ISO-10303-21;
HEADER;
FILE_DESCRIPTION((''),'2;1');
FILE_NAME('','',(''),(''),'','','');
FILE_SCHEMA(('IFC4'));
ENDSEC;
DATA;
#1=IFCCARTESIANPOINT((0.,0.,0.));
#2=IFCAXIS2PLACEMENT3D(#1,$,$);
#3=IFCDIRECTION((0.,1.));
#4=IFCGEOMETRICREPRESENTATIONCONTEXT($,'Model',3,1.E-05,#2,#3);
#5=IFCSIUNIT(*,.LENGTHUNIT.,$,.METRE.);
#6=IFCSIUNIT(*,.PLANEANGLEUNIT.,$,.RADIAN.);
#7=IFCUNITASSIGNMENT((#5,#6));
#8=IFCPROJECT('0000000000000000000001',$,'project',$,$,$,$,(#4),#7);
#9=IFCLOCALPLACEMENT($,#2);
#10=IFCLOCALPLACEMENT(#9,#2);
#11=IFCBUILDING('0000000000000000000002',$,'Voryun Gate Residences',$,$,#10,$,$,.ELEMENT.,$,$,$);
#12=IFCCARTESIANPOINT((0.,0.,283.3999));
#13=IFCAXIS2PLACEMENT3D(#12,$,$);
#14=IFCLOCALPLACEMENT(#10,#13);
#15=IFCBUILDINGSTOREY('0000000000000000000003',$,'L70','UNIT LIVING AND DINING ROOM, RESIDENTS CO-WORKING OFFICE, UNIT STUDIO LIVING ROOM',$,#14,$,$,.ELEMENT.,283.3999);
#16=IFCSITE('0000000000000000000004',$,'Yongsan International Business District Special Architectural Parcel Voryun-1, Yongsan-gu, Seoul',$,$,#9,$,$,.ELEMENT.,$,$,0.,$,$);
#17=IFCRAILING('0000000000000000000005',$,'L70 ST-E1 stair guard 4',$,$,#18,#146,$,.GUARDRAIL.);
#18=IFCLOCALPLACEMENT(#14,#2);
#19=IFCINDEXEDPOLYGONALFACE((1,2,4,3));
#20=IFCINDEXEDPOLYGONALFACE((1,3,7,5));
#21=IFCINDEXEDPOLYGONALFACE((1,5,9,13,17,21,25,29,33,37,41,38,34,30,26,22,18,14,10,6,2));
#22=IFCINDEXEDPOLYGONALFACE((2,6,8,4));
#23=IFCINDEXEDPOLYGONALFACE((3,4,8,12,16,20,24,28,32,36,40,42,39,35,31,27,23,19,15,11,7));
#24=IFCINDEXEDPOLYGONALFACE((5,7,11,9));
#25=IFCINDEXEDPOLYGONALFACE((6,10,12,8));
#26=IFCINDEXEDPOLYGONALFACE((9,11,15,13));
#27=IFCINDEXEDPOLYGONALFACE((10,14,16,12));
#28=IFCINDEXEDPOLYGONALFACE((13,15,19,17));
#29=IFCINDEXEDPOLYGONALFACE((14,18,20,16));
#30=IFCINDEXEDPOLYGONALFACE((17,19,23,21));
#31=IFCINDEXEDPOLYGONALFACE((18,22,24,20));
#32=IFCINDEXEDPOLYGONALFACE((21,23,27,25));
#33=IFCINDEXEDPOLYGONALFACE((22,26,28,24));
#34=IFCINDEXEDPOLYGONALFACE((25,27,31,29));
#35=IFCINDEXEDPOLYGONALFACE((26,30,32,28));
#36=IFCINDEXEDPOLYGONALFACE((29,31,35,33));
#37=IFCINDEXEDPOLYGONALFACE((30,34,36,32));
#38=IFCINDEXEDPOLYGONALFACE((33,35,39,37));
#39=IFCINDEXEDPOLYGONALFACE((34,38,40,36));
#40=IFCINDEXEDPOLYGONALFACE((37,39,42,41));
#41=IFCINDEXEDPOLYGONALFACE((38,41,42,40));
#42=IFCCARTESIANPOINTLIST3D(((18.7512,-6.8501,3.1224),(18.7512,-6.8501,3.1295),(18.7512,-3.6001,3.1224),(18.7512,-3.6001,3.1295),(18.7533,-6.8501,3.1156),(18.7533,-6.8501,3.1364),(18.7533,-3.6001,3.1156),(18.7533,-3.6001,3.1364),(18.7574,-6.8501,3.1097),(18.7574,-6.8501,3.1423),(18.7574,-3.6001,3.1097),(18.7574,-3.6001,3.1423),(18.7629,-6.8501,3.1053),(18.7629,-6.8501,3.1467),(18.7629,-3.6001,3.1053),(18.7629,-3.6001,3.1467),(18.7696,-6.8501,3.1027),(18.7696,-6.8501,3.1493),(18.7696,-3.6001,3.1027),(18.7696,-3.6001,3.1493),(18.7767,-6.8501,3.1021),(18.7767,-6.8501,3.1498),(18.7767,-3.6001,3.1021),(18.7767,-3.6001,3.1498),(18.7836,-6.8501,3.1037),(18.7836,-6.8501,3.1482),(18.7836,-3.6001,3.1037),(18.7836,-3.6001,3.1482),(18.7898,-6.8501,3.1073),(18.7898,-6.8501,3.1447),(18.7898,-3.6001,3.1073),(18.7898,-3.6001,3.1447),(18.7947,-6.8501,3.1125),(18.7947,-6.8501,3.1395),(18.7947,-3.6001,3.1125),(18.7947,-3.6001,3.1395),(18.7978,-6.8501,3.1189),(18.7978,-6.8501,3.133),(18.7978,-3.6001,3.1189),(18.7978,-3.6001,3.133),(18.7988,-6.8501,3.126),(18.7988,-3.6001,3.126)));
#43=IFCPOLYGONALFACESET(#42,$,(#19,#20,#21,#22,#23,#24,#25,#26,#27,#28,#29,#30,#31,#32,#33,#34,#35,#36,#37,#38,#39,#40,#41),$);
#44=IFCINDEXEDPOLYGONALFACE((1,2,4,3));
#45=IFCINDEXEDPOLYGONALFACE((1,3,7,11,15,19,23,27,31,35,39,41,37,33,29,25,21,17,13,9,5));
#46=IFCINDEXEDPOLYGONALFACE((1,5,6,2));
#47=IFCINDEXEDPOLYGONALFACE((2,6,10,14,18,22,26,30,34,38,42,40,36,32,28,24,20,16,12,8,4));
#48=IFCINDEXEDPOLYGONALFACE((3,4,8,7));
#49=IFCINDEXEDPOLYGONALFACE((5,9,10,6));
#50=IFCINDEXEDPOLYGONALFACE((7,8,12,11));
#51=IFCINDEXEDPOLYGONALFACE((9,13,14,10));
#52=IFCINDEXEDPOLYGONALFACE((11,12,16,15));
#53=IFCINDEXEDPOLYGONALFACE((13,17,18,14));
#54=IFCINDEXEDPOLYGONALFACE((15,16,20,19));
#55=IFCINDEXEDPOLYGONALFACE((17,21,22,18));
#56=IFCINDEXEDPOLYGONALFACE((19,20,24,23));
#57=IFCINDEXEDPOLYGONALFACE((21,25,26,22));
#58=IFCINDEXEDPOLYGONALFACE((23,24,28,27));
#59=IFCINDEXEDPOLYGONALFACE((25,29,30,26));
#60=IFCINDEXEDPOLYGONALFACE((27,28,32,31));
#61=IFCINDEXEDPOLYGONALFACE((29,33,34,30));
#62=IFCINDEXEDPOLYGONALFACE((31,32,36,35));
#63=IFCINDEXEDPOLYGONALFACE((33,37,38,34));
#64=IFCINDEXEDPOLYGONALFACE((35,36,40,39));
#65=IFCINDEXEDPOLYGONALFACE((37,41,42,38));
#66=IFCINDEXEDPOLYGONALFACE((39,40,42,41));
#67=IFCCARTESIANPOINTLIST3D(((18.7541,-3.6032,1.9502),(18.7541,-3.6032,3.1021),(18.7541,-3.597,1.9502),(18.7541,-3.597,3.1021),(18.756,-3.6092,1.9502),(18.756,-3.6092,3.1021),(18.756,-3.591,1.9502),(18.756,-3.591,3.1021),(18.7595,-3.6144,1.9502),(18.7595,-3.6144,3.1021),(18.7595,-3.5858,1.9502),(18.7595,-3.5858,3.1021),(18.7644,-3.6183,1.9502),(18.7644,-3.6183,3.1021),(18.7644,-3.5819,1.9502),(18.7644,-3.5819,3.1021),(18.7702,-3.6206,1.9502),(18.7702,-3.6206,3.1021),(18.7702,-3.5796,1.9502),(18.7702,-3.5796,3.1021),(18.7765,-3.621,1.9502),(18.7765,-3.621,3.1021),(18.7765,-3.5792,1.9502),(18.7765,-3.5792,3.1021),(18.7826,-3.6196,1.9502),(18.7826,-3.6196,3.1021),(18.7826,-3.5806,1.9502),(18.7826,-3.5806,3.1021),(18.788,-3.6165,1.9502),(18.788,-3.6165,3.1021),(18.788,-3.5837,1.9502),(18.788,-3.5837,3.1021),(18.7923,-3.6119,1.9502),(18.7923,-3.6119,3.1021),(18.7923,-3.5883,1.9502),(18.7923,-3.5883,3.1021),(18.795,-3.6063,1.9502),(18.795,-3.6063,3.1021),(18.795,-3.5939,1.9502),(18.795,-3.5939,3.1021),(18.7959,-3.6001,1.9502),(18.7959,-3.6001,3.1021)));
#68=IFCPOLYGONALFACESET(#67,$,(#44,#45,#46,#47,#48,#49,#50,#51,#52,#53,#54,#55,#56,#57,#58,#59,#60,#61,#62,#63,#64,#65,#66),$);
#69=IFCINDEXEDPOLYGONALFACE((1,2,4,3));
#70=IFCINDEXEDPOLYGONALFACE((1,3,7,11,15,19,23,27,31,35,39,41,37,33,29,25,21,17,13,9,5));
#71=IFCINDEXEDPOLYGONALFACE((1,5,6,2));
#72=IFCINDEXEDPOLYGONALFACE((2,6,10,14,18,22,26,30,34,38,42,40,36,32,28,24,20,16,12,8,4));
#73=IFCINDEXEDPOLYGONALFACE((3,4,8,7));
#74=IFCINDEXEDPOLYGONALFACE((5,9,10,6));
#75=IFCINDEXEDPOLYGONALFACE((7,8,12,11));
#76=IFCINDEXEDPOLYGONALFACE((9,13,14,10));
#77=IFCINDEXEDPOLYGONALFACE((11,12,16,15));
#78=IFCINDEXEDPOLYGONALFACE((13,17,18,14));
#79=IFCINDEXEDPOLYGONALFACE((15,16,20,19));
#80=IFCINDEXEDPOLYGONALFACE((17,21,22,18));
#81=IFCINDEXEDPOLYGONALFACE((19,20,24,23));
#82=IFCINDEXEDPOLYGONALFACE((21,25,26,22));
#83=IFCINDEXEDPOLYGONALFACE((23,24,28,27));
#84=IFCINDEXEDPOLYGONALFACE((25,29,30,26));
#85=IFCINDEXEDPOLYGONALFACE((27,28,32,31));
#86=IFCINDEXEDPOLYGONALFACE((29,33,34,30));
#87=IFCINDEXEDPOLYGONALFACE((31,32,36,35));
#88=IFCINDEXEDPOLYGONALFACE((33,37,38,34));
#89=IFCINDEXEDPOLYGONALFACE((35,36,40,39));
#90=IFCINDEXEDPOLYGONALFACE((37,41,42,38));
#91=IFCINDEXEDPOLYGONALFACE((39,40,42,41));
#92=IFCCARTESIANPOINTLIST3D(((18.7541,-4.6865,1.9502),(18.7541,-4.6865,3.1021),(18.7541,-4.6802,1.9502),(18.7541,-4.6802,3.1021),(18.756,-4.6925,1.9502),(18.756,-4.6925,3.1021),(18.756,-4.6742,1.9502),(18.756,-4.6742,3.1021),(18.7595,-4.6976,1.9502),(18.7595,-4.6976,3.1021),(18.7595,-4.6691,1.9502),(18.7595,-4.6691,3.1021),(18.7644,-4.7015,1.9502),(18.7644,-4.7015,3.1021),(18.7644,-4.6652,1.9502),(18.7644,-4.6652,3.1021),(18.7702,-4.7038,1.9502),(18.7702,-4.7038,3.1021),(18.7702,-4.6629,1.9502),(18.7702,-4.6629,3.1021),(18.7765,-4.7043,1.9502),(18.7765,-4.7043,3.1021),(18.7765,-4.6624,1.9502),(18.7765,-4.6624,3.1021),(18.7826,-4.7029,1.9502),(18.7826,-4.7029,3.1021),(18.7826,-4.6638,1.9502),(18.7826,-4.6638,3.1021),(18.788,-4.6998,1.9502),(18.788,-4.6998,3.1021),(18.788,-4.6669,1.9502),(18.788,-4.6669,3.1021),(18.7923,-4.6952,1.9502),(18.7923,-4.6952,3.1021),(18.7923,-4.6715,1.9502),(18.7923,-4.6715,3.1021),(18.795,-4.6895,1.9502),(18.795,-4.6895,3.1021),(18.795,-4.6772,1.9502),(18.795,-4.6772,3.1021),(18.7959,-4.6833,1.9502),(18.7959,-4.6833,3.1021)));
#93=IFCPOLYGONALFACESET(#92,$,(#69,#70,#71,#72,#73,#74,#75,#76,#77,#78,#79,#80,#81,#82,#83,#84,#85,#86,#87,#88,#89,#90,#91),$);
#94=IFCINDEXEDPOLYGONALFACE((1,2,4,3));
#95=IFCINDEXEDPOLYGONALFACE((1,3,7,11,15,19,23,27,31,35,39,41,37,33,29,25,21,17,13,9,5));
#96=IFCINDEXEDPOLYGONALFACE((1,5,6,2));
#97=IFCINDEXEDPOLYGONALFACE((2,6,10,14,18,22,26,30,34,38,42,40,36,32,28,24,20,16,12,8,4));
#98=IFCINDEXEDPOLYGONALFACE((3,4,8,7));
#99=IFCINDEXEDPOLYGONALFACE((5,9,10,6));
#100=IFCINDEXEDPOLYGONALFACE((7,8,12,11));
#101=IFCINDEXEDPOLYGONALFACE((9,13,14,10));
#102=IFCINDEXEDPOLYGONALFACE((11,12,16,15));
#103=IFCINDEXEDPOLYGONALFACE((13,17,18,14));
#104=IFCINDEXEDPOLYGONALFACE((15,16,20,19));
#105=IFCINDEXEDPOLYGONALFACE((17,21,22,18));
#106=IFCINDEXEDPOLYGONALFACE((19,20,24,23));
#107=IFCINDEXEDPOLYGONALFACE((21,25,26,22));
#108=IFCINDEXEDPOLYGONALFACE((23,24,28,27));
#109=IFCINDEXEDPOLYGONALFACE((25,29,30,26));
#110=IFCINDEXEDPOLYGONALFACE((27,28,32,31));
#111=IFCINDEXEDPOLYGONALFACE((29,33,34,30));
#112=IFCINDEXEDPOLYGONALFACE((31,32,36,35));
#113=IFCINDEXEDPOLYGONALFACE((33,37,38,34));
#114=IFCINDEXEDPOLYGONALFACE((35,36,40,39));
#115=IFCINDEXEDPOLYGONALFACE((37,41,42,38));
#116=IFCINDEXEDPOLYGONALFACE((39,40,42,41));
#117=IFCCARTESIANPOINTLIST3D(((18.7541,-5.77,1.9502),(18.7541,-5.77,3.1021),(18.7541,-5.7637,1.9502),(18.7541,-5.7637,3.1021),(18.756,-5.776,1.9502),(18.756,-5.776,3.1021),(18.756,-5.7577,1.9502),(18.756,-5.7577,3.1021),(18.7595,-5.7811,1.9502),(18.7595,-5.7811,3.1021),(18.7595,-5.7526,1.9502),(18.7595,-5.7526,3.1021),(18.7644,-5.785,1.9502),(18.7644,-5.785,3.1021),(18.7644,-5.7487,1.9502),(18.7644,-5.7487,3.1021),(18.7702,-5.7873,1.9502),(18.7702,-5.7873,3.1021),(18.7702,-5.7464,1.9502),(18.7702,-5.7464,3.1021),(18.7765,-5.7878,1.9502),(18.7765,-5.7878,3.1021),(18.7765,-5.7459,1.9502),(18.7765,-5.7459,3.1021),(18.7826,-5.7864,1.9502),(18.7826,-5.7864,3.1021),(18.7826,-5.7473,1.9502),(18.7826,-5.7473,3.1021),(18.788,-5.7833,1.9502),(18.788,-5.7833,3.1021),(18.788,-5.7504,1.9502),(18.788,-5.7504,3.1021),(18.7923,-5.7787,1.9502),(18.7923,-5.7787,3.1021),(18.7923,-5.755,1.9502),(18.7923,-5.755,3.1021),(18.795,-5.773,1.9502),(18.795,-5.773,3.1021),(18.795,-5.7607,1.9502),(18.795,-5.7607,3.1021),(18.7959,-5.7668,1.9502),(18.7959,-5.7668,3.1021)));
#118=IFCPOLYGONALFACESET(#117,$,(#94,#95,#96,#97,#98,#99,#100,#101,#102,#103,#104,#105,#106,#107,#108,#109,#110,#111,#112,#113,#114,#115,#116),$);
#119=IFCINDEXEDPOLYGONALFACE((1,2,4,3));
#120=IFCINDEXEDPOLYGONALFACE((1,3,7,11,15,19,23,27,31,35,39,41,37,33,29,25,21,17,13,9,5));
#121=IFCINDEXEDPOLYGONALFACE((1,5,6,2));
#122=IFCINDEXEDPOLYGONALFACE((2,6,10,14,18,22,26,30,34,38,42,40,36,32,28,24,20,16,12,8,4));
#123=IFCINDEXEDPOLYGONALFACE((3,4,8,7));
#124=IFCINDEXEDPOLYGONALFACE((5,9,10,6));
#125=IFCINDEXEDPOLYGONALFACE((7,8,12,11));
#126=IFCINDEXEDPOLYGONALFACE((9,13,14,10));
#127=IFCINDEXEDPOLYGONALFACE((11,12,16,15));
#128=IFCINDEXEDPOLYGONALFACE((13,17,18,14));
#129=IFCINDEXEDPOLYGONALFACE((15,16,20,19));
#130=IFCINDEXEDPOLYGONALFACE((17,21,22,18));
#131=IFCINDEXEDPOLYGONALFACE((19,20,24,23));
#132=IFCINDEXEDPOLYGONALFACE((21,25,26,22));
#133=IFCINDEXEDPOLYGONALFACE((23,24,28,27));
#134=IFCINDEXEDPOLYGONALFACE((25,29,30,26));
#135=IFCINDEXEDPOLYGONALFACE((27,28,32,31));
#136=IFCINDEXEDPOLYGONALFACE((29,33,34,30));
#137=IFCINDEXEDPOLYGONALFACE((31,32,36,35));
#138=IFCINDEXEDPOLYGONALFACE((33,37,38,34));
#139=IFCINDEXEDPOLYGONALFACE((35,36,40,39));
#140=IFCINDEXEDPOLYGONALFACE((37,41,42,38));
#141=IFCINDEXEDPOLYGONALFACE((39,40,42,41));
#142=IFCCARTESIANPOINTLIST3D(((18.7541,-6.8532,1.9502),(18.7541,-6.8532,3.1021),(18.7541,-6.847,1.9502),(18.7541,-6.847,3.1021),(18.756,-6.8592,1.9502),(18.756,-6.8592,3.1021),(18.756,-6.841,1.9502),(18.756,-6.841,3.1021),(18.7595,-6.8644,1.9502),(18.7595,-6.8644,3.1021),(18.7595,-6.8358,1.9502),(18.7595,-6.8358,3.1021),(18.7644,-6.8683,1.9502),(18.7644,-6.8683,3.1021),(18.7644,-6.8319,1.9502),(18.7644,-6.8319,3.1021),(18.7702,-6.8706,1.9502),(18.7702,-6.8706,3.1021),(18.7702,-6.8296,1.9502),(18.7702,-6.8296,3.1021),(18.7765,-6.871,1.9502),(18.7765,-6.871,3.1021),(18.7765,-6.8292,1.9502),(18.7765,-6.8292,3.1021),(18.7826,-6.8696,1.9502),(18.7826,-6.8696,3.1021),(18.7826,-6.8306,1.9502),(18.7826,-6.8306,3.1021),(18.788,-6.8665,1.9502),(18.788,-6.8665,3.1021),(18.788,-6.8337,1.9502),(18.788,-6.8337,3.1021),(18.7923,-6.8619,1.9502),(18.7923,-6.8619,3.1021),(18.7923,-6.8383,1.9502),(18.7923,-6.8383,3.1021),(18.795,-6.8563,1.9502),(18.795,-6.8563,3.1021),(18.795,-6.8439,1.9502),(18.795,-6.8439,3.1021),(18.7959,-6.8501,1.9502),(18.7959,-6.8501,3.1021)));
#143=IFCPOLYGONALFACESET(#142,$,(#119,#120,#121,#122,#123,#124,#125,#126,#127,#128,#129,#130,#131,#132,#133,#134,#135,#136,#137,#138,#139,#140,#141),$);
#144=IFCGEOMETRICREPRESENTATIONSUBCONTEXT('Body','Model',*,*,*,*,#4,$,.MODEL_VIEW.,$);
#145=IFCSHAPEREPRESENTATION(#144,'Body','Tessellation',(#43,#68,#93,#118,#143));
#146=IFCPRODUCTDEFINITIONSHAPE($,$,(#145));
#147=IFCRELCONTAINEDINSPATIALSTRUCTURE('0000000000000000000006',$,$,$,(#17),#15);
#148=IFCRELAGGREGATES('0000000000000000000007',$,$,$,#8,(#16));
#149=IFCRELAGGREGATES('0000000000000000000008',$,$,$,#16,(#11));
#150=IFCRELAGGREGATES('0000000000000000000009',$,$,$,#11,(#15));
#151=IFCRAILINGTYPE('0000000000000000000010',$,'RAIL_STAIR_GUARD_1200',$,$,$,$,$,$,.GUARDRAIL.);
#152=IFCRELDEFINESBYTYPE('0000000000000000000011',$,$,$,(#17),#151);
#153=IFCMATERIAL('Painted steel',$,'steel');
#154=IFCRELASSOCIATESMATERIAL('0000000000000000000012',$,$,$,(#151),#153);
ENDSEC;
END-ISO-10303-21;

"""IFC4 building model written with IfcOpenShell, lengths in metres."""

from ifc_helpers import new_model, si_unit, direction, frame, origin, origin_2d, place, context, subcontext, project, spatial, circle, extrude, material, type_object, element, save


model = new_model("IFC4")

# Units and contexts
model_context = context("Model", 3, precision=1e-05, world=origin(), true_north=direction((0.0, 1.0)))
body_context = subcontext(model_context, "Body", "Model", "MODEL_VIEW")
ifc_project = project(units=[si_unit("LENGTHUNIT", "METRE"), si_unit("PLANEANGLEUNIT", "RADIAN")], contexts=[model_context])

# Site, building, storey
site_placement = place(None, origin())
site = spatial("IfcSite", under=ifc_project, at=site_placement, Name="Yongsan International Business District Special Architectural Parcel Voryun-1, Yongsan-gu, Seoul", CompositionType="ELEMENT", RefElevation=0.0)
building_placement = place(site_placement, origin())
building = spatial("IfcBuilding", under=site, at=building_placement, Name="Voryun Gate Residences", CompositionType="ELEMENT")
storey_placement = place(building_placement, frame((0.0, 0.0, 283.3999)))
storey = spatial("IfcBuildingStorey", under=building, at=storey_placement, Name="L70", Description="UNIT LIVING AND DINING ROOM, RESIDENTS CO-WORKING OFFICE, UNIT STUDIO LIVING ROOM", CompositionType="ELEMENT", Elevation=283.3999)

# Railing
ifc_material_1 = material(Name="Painted steel", Category="steel")
railing_type_1 = type_object("IfcRailingType", Name="RAIL_STAIR_GUARD_1200", PredefinedType="GUARDRAIL", material=ifc_material_1)
for number, where, name in (
    (1, (18.7749, -3.6001, 1.9502), "L70 ST-E1 stair guard 4"),
):
    element("IfcRailing", number, at=place(storey_placement, frame(where)), inside=storey, type_object=railing_type_1, Name=name, PredefinedType="GUARDRAIL", context=body_context, shape_type="SweptSolid", body=[
        extrude(circle(Radius=0.0239, at=origin_2d()), frame((0.0, 0.0, 1.1758), z_axis=(0.0, -1.0, 0.0), x_axis=(1.0, 0.0, 0.0)), (0.0, 0.0, 1.0), 3.25),
        extrude(circle(Radius=0.021, at=origin_2d()), origin(), (0.0, 0.0, 1.0), 1.1519),
        extrude(circle(Radius=0.021, at=origin_2d()), frame((0.0, -1.0833, 0.0)), (0.0, 0.0, 1.0), 1.1519),
        extrude(circle(Radius=0.021, at=origin_2d()), frame((0.0, -2.1667, 0.0)), (0.0, 0.0, 1.0), 1.1519),
        extrude(circle(Radius=0.021, at=origin_2d()), frame((0.0, -3.25, 0.0)), (0.0, 0.0, 1.0), 1.1519),
    ])

save(model, "model.ifc")
